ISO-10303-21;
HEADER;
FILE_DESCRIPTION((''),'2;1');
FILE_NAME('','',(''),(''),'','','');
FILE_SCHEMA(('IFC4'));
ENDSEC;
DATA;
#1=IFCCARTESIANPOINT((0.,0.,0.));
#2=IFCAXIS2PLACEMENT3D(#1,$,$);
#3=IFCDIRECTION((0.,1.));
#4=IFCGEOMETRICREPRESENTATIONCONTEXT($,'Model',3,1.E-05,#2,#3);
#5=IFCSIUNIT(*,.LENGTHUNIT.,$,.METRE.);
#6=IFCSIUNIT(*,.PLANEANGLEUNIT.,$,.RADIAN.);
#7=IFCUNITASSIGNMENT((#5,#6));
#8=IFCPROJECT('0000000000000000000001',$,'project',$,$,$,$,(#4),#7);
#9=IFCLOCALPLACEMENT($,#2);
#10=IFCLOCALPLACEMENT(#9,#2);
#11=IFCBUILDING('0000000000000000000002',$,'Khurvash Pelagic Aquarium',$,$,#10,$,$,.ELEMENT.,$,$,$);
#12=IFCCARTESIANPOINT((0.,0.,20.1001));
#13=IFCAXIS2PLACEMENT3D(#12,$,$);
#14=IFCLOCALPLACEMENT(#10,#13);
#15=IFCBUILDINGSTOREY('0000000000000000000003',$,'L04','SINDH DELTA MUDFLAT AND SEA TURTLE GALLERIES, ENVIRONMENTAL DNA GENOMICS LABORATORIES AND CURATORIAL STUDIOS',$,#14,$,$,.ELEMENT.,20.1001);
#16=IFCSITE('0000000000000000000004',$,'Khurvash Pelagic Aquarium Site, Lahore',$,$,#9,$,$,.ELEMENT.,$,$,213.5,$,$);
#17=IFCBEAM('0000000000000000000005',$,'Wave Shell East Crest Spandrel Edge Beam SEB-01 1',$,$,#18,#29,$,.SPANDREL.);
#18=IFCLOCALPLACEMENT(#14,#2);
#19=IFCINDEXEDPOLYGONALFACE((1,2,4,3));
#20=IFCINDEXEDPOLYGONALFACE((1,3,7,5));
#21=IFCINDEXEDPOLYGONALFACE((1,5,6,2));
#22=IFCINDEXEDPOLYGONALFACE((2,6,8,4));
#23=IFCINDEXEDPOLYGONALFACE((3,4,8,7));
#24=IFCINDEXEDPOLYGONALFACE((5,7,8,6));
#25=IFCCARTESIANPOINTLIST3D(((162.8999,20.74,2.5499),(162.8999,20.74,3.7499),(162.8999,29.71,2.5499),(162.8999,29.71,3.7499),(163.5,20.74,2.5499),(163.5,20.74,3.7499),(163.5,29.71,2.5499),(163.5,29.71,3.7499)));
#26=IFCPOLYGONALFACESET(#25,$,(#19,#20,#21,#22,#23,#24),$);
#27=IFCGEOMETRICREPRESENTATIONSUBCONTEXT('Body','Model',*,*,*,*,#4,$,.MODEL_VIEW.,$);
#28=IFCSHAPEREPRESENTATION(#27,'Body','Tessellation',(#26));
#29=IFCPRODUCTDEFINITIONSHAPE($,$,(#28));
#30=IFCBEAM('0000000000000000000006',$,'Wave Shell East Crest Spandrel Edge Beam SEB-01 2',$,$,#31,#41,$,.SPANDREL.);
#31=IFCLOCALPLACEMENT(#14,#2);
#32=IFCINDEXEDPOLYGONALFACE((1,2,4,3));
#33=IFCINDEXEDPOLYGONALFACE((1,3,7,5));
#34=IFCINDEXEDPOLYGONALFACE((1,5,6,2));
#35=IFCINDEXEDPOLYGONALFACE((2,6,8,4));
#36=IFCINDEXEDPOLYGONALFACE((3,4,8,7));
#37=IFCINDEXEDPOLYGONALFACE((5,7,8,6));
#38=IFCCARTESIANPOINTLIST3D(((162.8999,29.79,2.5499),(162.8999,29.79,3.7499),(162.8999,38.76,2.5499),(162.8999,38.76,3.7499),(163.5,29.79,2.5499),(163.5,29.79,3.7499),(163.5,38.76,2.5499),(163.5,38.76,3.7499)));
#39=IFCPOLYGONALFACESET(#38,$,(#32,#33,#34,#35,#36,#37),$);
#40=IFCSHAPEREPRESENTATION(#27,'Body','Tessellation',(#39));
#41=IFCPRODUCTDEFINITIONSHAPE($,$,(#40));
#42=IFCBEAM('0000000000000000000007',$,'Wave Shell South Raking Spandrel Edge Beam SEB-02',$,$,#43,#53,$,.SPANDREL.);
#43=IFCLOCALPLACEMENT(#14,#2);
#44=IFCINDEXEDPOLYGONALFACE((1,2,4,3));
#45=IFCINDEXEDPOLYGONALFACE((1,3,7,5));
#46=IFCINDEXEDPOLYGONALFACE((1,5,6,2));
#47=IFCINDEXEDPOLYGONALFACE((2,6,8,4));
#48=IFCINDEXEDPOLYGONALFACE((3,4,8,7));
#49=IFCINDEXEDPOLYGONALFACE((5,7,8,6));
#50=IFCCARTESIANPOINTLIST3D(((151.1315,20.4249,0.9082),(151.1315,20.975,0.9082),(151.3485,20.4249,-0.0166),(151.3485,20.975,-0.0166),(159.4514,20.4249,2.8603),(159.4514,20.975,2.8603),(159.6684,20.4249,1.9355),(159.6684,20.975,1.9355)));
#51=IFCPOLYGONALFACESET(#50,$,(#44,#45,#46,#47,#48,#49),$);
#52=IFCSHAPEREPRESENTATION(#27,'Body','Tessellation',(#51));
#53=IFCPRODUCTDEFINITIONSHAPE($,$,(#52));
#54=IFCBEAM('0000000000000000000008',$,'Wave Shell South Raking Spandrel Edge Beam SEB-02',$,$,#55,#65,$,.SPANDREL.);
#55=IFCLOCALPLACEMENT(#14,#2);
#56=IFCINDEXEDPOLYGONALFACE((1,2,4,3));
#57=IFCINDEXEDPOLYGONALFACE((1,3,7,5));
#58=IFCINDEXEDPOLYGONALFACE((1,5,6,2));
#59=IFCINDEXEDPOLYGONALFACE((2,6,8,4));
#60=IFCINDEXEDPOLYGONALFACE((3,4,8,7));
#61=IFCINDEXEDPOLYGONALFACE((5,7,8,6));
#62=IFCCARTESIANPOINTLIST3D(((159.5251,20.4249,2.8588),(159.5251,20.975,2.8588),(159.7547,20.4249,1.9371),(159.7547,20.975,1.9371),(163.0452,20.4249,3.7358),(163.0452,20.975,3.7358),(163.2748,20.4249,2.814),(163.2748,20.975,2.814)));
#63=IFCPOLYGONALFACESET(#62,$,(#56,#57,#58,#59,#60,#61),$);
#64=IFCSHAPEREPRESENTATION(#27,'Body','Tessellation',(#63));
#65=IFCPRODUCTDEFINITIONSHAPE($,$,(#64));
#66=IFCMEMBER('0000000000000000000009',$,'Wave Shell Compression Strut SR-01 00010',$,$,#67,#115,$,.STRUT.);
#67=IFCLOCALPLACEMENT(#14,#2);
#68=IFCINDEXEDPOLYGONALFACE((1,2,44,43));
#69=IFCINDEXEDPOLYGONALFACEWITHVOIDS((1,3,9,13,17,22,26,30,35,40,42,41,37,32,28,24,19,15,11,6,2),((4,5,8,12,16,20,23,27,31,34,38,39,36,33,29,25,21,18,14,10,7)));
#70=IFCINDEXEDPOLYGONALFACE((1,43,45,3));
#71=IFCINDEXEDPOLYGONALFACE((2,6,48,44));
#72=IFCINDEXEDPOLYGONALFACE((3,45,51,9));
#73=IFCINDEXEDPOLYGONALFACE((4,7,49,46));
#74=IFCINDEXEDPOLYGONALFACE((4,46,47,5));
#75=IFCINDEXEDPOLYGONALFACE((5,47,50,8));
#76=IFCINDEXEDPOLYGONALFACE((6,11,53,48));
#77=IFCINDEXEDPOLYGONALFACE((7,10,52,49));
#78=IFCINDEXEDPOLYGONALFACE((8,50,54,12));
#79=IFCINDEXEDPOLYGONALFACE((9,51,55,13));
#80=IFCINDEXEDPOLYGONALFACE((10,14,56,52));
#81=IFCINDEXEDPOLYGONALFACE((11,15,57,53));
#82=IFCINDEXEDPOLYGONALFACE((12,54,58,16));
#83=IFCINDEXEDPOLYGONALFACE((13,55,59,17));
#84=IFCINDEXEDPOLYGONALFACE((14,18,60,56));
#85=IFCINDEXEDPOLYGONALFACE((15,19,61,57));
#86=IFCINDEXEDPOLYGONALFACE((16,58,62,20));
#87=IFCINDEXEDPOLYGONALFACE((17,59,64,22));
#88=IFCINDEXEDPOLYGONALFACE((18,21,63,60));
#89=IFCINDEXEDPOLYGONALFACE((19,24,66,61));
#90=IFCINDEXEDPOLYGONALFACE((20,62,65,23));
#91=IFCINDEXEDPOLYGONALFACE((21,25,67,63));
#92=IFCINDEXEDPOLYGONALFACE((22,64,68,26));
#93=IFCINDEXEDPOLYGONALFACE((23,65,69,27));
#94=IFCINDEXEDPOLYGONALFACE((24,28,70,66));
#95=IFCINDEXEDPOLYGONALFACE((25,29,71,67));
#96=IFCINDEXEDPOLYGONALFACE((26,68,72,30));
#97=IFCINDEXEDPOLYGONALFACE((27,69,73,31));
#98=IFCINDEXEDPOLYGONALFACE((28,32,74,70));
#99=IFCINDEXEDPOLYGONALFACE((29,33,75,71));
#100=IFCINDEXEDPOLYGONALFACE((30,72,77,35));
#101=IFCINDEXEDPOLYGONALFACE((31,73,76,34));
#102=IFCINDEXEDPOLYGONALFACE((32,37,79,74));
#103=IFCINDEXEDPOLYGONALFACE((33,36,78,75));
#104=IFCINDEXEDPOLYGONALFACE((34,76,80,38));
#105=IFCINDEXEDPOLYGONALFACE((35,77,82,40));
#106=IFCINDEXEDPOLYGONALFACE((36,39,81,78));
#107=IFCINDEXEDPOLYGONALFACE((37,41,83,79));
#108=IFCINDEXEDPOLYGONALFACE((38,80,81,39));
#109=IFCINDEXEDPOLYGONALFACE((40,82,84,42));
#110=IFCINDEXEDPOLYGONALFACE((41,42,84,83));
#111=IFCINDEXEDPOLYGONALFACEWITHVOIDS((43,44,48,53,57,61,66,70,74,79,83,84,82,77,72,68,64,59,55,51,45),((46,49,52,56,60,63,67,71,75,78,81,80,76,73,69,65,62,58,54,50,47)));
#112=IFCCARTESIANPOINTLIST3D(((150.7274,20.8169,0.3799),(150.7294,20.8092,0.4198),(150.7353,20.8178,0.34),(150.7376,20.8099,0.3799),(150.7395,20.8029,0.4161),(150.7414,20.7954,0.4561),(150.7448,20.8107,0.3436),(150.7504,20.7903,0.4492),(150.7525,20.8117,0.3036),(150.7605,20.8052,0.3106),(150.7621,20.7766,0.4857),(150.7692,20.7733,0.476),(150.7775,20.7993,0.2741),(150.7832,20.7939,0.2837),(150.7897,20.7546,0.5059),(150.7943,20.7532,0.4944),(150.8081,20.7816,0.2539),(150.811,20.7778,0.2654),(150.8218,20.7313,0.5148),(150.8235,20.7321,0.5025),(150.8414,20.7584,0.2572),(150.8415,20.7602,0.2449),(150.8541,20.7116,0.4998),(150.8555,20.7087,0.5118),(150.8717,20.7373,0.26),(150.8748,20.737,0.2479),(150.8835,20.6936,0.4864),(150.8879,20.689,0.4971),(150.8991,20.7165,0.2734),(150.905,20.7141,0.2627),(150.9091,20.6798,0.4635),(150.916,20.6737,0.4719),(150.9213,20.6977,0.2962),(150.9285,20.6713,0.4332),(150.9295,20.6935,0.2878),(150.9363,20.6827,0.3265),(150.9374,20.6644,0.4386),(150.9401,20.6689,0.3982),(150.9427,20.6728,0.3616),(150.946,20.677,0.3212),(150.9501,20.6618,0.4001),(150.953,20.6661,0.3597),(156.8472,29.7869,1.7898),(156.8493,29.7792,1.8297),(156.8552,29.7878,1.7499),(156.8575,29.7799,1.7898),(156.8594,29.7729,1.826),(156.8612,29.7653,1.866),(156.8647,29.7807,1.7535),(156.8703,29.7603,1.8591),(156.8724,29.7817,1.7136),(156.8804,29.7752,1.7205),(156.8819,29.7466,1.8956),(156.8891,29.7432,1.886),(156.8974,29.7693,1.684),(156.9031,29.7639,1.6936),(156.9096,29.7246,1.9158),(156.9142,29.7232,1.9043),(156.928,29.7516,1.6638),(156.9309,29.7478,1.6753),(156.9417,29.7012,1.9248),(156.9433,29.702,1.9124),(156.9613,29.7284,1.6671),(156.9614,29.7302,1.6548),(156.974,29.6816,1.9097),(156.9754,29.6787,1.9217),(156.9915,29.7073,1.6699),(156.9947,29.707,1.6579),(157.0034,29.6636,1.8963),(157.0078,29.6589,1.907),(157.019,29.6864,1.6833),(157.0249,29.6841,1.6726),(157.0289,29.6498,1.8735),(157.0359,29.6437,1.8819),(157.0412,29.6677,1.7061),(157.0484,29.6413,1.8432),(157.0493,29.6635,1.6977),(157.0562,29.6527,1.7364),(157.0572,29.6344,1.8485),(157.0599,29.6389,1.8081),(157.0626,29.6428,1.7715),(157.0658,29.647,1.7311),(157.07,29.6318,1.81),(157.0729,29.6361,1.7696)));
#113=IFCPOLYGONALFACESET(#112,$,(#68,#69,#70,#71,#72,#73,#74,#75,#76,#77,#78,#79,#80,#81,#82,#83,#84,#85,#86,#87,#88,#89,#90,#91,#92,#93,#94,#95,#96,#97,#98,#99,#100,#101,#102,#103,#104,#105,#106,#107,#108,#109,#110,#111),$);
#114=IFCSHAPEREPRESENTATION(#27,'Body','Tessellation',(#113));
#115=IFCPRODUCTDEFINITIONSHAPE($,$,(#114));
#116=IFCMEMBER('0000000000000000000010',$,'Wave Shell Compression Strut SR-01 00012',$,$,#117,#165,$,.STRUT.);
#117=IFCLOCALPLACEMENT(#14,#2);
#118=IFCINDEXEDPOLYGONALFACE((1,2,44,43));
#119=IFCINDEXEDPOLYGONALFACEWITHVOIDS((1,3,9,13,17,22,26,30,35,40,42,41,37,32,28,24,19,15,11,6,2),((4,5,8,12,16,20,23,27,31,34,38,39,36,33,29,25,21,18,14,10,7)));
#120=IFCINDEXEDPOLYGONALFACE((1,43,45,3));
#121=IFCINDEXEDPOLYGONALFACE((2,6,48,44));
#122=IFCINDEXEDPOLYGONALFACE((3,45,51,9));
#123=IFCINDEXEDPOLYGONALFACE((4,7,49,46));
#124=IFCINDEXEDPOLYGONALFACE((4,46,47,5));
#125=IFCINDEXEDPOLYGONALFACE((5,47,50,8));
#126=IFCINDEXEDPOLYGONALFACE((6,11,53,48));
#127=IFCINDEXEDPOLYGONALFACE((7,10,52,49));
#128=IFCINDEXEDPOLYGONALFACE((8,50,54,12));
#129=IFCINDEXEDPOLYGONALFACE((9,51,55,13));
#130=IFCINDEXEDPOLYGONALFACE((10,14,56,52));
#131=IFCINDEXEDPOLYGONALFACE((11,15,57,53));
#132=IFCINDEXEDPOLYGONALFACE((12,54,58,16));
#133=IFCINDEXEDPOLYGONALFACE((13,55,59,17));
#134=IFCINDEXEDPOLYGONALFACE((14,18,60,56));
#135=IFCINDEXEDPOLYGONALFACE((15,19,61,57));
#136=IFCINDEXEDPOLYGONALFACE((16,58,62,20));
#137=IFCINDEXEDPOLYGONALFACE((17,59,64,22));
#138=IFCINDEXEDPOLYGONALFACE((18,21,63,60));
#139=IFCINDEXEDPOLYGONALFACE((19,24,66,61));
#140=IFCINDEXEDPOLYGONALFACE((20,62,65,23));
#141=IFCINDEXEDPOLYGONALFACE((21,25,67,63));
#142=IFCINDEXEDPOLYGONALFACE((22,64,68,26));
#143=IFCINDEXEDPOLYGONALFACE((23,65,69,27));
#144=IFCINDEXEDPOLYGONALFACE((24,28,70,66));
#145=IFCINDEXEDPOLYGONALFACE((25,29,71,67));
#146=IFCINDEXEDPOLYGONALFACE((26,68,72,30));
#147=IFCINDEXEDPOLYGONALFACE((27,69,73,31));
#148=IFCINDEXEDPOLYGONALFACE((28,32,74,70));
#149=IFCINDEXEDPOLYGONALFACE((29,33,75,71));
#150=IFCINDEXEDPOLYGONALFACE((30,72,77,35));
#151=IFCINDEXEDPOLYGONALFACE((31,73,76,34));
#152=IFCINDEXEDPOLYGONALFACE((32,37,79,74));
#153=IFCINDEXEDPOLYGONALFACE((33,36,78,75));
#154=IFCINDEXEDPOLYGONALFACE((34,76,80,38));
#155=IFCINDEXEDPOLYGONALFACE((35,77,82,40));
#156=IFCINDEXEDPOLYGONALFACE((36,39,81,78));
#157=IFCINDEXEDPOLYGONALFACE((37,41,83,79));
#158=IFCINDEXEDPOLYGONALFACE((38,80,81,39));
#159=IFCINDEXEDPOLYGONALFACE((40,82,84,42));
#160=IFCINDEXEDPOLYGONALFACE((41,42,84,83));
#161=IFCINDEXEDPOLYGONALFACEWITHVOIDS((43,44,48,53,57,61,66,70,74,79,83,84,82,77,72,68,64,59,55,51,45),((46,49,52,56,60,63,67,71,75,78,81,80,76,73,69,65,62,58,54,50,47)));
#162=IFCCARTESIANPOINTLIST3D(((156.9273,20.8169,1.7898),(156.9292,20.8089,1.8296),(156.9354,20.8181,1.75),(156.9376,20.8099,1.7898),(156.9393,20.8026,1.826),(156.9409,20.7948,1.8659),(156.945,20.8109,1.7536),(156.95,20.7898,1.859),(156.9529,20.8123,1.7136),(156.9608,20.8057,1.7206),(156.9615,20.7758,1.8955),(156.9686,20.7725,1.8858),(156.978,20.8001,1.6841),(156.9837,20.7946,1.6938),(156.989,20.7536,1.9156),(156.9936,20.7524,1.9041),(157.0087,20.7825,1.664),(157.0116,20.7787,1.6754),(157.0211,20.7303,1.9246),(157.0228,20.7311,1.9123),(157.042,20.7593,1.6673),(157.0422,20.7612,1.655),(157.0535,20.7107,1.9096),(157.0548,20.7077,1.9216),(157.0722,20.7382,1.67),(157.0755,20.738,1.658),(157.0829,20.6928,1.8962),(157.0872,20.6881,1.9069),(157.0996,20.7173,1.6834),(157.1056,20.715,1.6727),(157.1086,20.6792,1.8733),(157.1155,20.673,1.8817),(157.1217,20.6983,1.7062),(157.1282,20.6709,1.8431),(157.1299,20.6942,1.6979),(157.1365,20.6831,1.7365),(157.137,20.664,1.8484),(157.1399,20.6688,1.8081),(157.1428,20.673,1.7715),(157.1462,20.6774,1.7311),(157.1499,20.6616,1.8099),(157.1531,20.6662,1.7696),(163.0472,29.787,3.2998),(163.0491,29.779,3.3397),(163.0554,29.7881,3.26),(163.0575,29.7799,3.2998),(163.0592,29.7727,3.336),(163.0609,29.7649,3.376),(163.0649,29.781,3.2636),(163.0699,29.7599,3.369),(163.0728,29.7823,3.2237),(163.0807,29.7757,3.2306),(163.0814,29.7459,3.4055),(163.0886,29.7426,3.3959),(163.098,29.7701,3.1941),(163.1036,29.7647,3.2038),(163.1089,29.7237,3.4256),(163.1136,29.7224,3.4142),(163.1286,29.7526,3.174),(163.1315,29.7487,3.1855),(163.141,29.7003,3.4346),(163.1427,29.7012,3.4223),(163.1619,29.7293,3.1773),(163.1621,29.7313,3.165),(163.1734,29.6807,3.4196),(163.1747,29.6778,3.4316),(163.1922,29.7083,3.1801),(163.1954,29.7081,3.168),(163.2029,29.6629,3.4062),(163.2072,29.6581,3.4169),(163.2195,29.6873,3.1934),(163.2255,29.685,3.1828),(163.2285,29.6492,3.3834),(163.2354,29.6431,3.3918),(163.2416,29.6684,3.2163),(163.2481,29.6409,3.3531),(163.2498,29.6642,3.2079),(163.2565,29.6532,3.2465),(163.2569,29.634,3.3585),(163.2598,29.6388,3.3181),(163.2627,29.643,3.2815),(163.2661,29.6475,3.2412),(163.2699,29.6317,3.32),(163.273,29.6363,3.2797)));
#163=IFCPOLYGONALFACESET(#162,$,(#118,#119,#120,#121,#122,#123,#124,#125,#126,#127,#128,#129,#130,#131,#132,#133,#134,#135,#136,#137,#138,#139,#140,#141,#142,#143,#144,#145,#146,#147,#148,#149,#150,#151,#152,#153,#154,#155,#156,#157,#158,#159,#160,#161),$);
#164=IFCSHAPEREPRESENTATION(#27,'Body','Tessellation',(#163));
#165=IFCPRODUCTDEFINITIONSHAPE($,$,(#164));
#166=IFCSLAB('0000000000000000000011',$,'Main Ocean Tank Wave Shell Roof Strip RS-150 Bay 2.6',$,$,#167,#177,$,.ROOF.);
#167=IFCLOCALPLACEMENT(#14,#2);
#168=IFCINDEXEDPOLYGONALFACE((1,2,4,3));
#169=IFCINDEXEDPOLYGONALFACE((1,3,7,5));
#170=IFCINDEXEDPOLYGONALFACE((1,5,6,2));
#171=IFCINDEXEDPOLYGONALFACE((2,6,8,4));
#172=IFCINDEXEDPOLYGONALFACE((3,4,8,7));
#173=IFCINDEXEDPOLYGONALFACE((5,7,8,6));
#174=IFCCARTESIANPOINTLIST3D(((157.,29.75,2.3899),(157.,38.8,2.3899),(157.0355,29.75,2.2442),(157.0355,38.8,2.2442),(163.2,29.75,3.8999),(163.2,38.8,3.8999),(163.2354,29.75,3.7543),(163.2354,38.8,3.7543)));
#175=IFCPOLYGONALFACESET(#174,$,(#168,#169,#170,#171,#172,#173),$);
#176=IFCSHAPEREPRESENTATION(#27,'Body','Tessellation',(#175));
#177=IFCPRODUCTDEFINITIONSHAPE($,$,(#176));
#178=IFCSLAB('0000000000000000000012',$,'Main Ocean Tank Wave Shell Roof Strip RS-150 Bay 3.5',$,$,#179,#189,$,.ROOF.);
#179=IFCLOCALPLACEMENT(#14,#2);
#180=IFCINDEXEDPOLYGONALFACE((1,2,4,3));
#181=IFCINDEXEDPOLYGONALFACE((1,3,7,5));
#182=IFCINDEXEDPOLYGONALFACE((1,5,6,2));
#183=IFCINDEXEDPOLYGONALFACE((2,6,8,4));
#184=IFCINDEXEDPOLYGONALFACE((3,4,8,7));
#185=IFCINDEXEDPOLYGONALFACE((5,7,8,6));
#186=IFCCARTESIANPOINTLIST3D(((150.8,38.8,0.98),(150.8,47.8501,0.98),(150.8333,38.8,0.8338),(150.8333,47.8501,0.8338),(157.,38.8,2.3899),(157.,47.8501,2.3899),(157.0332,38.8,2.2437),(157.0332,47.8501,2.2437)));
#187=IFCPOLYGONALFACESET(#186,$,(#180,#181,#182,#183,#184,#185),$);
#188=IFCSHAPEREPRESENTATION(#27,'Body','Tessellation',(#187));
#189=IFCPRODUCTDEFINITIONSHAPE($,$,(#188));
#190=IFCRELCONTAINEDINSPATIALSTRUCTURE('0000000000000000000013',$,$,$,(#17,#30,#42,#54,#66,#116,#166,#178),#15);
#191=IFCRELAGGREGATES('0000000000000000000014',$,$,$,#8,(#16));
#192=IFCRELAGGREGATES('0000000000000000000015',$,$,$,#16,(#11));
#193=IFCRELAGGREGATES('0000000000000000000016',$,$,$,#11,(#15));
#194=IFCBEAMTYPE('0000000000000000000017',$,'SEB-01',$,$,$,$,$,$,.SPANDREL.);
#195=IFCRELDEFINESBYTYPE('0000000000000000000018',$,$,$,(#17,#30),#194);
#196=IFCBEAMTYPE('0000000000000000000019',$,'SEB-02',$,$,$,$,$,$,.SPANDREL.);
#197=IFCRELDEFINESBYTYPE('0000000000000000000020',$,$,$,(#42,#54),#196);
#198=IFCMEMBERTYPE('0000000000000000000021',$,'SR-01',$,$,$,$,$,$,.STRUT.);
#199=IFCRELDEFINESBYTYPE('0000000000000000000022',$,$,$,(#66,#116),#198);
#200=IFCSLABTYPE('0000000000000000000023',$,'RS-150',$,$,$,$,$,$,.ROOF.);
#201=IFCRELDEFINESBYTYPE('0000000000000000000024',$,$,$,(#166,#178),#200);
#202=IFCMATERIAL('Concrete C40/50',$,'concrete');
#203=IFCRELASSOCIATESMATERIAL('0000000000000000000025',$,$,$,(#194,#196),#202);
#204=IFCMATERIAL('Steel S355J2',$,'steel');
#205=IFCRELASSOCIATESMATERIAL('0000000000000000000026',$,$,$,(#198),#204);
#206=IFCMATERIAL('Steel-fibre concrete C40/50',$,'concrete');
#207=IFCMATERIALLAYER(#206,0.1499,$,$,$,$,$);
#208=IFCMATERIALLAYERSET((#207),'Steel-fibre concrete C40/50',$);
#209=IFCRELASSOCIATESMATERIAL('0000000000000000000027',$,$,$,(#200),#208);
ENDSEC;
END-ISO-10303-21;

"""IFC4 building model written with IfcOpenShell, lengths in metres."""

from ifc_helpers import new_model, si_unit, direction, frame, origin, origin_2d, place, context, subcontext, project, spatial, polyline, rectangle, hollow_circle, outline, extrude, material, layer, layer_set, material_profile, profile_set, type_object, element, save


model = new_model("IFC4")

# Units and contexts
model_context = context("Model", 3, precision=1e-05, world=origin(), true_north=direction((0.0, 1.0)))
body_context = subcontext(model_context, "Body", "Model", "MODEL_VIEW")
ifc_project = project(units=[si_unit("LENGTHUNIT", "METRE"), si_unit("PLANEANGLEUNIT", "RADIAN")], contexts=[model_context])

# Site, building, storey
site_placement = place(None, origin())
site = spatial("IfcSite", under=ifc_project, at=site_placement, Name="Khurvash Pelagic Aquarium Site, Lahore", CompositionType="ELEMENT", RefElevation=213.5)
building_placement = place(site_placement, origin())
building = spatial("IfcBuilding", under=site, at=building_placement, Name="Khurvash Pelagic Aquarium", CompositionType="ELEMENT")
storey_placement = place(building_placement, frame((0.0, 0.0, 20.1001)))
storey = spatial("IfcBuildingStorey", under=building, at=storey_placement, Name="L04", Description="SINDH DELTA MUDFLAT AND SEA TURTLE GALLERIES, ENVIRONMENTAL DNA GENOMICS LABORATORIES AND CURATORIAL STUDIOS", CompositionType="ELEMENT", Elevation=20.1001)

# Shared definitions
ifc_material_1 = material(Name="Concrete C40/50", Category="concrete")

# Shared definitions
ifc_material_2 = material(Name="Steel-fibre concrete C40/50", Category="concrete")

# Shared definitions
ifc_material_3 = material(Name="Steel S355J2", Category="steel")

# Beams
ifc_material_profile_1 = material_profile(ifc_material_1, rectangle(XDim=0.6001, YDim=1.2, at=origin_2d()), Name="RC600X1200")
ifc_profile_set_1 = profile_set([ifc_material_profile_1], Name="Concrete C40/50")
beam_type_1 = type_object("IfcBeamType", Name="SEB-01", PredefinedType="SPANDREL", material=ifc_profile_set_1)
for number, where, z_axis, x_axis, name in (
    (1, (163.2, 20.74, 3.1499), (0.0, 1.0, 0.0), (-1.0, 0.0, 0.0), "Wave Shell East Crest Spandrel Edge Beam SEB-01 1"),
    (2, (163.2, 29.79, 3.1499), (0.0, 1.0, 0.0), (-1.0, 0.0, 0.0), "Wave Shell East Crest Spandrel Edge Beam SEB-01 2"),
):
    element("IfcBeam", number, at=place(storey_placement, frame(where, z_axis=z_axis, x_axis=x_axis)), inside=storey, type_object=beam_type_1, Name=name, PredefinedType="SPANDREL", context=body_context, shape_type="SweptSolid", body=[
        extrude(rectangle(XDim=0.6001, YDim=1.2, at=origin_2d()), origin(), (0.0, 0.0, 1.0), 8.97),
    ])
ifc_material_profile_2 = material_profile(ifc_material_1, rectangle(XDim=0.55, YDim=0.95, at=origin_2d()), Name="RC550X950")
ifc_profile_set_2 = profile_set([ifc_material_profile_2], Name="Concrete C40/50")
beam_type_2 = type_object("IfcBeamType", Name="SEB-02", PredefinedType="SPANDREL", material=ifc_profile_set_2)
beam_1_placement = place(storey_placement, frame((151.24, 20.7, 0.4458), z_axis=(0.973561, 0.0, 0.228428), x_axis=(0.0, 1.0, 0.0)))
element("IfcBeam", 3, at=beam_1_placement, inside=storey, type_object=beam_type_2, Name="Wave Shell South Raking Spandrel Edge Beam SEB-02", PredefinedType="SPANDREL", context=body_context, shape_type="SweptSolid", body=[
    extrude(rectangle(XDim=0.55, YDim=0.95, at=origin_2d()), origin(), (0.0, 0.0, 1.0), 8.5459),
])
beam_2_placement = place(storey_placement, frame((159.6399, 20.7, 2.3979), z_axis=(0.97034, 0.0, 0.241744), x_axis=(0.0, 1.0, 0.0)))
element("IfcBeam", 4, at=beam_2_placement, inside=storey, type_object=beam_type_2, Name="Wave Shell South Raking Spandrel Edge Beam SEB-02", PredefinedType="SPANDREL", context=body_context, shape_type="SweptSolid", body=[
    extrude(rectangle(XDim=0.55, YDim=0.95, at=origin_2d()), origin(), (0.0, 0.0, 1.0), 3.6277),
])

# Members
ifc_material_profile_3 = material_profile(ifc_material_3, hollow_circle(Radius=0.1365, WallThickness=0.0125, at=origin_2d()), Name="CHS273X12")
ifc_profile_set_3 = profile_set([ifc_material_profile_3], Name="Steel S355J2")
member_type_1 = type_object("IfcMemberType", Name="SR-01", PredefinedType="STRUT", material=ifc_profile_set_3)
member_1_placement = place(storey_placement, frame((150.8401, 20.74, 0.3799), z_axis=(0.558896, 0.81918, 0.12876), x_axis=(-0.826057, 0.563587, 0.0)))
element("IfcMember", 5, at=member_1_placement, inside=storey, type_object=member_type_1, Name="Wave Shell Compression Strut SR-01 00010", PredefinedType="STRUT", context=body_context, shape_type="SweptSolid", body=[
    extrude(hollow_circle(Radius=0.1365, WallThickness=0.0125, at=origin_2d()), origin(), (0.0, 0.0, 1.0), 10.95),
])
member_2_placement = place(storey_placement, frame((157.04, 20.74, 1.7898), z_axis=(0.558216, 0.818184, 0.137733), x_axis=(-0.826057, 0.563587, 0.0)))
element("IfcMember", 6, at=member_2_placement, inside=storey, type_object=member_type_1, Name="Wave Shell Compression Strut SR-01 00012", PredefinedType="STRUT", context=body_context, shape_type="SweptSolid", body=[
    extrude(hollow_circle(Radius=0.1365, WallThickness=0.0125, at=origin_2d()), origin(), (0.0, 0.0, 1.0), 10.9634),
])

# Slabs
ifc_layer_1 = layer(ifc_material_2, 0.1499)
ifc_layer_set_1 = layer_set([ifc_layer_1], Name="Steel-fibre concrete C40/50")
slab_type_1 = type_object("IfcSlabType", Name="RS-150", PredefinedType="ROOF", material=ifc_layer_set_1)
slab_1_placement = place(storey_placement, frame((157.0, 29.75, 2.3899), z_axis=(-0.236635, 0.0, 0.971599), x_axis=(0.971599, 0.0, 0.236635)))
element("IfcSlab", 7, at=slab_1_placement, inside=storey, type_object=slab_type_1, Name="Main Ocean Tank Wave Shell Roof Strip RS-150 Bay 2.6", PredefinedType="ROOF", context=body_context, shape_type="SweptSolid", body=[
    extrude(outline(polyline([(0.0, 0.0), (6.3812, 0.0), (6.3812, 9.05), (0.0, 9.05), (0.0, 0.0)])), origin(), (0.0, 0.0, -1.0), 0.1499),
])
slab_2_placement = place(storey_placement, frame((150.8, 38.8, 0.98), z_axis=(-0.221746, 0.0, 0.975105), x_axis=(0.975105, 0.0, 0.221746)))
element("IfcSlab", 8, at=slab_2_placement, inside=storey, type_object=slab_type_1, Name="Main Ocean Tank Wave Shell Roof Strip RS-150 Bay 3.5", PredefinedType="ROOF", context=body_context, shape_type="SweptSolid", body=[
    extrude(outline(polyline([(0.0, 0.0), (6.3582, 0.0), (6.3582, 9.05), (0.0, 9.05), (0.0, 0.0)])), origin(), (0.0, 0.0, -1.0), 0.1499),
])

save(model, "model.ifc")
